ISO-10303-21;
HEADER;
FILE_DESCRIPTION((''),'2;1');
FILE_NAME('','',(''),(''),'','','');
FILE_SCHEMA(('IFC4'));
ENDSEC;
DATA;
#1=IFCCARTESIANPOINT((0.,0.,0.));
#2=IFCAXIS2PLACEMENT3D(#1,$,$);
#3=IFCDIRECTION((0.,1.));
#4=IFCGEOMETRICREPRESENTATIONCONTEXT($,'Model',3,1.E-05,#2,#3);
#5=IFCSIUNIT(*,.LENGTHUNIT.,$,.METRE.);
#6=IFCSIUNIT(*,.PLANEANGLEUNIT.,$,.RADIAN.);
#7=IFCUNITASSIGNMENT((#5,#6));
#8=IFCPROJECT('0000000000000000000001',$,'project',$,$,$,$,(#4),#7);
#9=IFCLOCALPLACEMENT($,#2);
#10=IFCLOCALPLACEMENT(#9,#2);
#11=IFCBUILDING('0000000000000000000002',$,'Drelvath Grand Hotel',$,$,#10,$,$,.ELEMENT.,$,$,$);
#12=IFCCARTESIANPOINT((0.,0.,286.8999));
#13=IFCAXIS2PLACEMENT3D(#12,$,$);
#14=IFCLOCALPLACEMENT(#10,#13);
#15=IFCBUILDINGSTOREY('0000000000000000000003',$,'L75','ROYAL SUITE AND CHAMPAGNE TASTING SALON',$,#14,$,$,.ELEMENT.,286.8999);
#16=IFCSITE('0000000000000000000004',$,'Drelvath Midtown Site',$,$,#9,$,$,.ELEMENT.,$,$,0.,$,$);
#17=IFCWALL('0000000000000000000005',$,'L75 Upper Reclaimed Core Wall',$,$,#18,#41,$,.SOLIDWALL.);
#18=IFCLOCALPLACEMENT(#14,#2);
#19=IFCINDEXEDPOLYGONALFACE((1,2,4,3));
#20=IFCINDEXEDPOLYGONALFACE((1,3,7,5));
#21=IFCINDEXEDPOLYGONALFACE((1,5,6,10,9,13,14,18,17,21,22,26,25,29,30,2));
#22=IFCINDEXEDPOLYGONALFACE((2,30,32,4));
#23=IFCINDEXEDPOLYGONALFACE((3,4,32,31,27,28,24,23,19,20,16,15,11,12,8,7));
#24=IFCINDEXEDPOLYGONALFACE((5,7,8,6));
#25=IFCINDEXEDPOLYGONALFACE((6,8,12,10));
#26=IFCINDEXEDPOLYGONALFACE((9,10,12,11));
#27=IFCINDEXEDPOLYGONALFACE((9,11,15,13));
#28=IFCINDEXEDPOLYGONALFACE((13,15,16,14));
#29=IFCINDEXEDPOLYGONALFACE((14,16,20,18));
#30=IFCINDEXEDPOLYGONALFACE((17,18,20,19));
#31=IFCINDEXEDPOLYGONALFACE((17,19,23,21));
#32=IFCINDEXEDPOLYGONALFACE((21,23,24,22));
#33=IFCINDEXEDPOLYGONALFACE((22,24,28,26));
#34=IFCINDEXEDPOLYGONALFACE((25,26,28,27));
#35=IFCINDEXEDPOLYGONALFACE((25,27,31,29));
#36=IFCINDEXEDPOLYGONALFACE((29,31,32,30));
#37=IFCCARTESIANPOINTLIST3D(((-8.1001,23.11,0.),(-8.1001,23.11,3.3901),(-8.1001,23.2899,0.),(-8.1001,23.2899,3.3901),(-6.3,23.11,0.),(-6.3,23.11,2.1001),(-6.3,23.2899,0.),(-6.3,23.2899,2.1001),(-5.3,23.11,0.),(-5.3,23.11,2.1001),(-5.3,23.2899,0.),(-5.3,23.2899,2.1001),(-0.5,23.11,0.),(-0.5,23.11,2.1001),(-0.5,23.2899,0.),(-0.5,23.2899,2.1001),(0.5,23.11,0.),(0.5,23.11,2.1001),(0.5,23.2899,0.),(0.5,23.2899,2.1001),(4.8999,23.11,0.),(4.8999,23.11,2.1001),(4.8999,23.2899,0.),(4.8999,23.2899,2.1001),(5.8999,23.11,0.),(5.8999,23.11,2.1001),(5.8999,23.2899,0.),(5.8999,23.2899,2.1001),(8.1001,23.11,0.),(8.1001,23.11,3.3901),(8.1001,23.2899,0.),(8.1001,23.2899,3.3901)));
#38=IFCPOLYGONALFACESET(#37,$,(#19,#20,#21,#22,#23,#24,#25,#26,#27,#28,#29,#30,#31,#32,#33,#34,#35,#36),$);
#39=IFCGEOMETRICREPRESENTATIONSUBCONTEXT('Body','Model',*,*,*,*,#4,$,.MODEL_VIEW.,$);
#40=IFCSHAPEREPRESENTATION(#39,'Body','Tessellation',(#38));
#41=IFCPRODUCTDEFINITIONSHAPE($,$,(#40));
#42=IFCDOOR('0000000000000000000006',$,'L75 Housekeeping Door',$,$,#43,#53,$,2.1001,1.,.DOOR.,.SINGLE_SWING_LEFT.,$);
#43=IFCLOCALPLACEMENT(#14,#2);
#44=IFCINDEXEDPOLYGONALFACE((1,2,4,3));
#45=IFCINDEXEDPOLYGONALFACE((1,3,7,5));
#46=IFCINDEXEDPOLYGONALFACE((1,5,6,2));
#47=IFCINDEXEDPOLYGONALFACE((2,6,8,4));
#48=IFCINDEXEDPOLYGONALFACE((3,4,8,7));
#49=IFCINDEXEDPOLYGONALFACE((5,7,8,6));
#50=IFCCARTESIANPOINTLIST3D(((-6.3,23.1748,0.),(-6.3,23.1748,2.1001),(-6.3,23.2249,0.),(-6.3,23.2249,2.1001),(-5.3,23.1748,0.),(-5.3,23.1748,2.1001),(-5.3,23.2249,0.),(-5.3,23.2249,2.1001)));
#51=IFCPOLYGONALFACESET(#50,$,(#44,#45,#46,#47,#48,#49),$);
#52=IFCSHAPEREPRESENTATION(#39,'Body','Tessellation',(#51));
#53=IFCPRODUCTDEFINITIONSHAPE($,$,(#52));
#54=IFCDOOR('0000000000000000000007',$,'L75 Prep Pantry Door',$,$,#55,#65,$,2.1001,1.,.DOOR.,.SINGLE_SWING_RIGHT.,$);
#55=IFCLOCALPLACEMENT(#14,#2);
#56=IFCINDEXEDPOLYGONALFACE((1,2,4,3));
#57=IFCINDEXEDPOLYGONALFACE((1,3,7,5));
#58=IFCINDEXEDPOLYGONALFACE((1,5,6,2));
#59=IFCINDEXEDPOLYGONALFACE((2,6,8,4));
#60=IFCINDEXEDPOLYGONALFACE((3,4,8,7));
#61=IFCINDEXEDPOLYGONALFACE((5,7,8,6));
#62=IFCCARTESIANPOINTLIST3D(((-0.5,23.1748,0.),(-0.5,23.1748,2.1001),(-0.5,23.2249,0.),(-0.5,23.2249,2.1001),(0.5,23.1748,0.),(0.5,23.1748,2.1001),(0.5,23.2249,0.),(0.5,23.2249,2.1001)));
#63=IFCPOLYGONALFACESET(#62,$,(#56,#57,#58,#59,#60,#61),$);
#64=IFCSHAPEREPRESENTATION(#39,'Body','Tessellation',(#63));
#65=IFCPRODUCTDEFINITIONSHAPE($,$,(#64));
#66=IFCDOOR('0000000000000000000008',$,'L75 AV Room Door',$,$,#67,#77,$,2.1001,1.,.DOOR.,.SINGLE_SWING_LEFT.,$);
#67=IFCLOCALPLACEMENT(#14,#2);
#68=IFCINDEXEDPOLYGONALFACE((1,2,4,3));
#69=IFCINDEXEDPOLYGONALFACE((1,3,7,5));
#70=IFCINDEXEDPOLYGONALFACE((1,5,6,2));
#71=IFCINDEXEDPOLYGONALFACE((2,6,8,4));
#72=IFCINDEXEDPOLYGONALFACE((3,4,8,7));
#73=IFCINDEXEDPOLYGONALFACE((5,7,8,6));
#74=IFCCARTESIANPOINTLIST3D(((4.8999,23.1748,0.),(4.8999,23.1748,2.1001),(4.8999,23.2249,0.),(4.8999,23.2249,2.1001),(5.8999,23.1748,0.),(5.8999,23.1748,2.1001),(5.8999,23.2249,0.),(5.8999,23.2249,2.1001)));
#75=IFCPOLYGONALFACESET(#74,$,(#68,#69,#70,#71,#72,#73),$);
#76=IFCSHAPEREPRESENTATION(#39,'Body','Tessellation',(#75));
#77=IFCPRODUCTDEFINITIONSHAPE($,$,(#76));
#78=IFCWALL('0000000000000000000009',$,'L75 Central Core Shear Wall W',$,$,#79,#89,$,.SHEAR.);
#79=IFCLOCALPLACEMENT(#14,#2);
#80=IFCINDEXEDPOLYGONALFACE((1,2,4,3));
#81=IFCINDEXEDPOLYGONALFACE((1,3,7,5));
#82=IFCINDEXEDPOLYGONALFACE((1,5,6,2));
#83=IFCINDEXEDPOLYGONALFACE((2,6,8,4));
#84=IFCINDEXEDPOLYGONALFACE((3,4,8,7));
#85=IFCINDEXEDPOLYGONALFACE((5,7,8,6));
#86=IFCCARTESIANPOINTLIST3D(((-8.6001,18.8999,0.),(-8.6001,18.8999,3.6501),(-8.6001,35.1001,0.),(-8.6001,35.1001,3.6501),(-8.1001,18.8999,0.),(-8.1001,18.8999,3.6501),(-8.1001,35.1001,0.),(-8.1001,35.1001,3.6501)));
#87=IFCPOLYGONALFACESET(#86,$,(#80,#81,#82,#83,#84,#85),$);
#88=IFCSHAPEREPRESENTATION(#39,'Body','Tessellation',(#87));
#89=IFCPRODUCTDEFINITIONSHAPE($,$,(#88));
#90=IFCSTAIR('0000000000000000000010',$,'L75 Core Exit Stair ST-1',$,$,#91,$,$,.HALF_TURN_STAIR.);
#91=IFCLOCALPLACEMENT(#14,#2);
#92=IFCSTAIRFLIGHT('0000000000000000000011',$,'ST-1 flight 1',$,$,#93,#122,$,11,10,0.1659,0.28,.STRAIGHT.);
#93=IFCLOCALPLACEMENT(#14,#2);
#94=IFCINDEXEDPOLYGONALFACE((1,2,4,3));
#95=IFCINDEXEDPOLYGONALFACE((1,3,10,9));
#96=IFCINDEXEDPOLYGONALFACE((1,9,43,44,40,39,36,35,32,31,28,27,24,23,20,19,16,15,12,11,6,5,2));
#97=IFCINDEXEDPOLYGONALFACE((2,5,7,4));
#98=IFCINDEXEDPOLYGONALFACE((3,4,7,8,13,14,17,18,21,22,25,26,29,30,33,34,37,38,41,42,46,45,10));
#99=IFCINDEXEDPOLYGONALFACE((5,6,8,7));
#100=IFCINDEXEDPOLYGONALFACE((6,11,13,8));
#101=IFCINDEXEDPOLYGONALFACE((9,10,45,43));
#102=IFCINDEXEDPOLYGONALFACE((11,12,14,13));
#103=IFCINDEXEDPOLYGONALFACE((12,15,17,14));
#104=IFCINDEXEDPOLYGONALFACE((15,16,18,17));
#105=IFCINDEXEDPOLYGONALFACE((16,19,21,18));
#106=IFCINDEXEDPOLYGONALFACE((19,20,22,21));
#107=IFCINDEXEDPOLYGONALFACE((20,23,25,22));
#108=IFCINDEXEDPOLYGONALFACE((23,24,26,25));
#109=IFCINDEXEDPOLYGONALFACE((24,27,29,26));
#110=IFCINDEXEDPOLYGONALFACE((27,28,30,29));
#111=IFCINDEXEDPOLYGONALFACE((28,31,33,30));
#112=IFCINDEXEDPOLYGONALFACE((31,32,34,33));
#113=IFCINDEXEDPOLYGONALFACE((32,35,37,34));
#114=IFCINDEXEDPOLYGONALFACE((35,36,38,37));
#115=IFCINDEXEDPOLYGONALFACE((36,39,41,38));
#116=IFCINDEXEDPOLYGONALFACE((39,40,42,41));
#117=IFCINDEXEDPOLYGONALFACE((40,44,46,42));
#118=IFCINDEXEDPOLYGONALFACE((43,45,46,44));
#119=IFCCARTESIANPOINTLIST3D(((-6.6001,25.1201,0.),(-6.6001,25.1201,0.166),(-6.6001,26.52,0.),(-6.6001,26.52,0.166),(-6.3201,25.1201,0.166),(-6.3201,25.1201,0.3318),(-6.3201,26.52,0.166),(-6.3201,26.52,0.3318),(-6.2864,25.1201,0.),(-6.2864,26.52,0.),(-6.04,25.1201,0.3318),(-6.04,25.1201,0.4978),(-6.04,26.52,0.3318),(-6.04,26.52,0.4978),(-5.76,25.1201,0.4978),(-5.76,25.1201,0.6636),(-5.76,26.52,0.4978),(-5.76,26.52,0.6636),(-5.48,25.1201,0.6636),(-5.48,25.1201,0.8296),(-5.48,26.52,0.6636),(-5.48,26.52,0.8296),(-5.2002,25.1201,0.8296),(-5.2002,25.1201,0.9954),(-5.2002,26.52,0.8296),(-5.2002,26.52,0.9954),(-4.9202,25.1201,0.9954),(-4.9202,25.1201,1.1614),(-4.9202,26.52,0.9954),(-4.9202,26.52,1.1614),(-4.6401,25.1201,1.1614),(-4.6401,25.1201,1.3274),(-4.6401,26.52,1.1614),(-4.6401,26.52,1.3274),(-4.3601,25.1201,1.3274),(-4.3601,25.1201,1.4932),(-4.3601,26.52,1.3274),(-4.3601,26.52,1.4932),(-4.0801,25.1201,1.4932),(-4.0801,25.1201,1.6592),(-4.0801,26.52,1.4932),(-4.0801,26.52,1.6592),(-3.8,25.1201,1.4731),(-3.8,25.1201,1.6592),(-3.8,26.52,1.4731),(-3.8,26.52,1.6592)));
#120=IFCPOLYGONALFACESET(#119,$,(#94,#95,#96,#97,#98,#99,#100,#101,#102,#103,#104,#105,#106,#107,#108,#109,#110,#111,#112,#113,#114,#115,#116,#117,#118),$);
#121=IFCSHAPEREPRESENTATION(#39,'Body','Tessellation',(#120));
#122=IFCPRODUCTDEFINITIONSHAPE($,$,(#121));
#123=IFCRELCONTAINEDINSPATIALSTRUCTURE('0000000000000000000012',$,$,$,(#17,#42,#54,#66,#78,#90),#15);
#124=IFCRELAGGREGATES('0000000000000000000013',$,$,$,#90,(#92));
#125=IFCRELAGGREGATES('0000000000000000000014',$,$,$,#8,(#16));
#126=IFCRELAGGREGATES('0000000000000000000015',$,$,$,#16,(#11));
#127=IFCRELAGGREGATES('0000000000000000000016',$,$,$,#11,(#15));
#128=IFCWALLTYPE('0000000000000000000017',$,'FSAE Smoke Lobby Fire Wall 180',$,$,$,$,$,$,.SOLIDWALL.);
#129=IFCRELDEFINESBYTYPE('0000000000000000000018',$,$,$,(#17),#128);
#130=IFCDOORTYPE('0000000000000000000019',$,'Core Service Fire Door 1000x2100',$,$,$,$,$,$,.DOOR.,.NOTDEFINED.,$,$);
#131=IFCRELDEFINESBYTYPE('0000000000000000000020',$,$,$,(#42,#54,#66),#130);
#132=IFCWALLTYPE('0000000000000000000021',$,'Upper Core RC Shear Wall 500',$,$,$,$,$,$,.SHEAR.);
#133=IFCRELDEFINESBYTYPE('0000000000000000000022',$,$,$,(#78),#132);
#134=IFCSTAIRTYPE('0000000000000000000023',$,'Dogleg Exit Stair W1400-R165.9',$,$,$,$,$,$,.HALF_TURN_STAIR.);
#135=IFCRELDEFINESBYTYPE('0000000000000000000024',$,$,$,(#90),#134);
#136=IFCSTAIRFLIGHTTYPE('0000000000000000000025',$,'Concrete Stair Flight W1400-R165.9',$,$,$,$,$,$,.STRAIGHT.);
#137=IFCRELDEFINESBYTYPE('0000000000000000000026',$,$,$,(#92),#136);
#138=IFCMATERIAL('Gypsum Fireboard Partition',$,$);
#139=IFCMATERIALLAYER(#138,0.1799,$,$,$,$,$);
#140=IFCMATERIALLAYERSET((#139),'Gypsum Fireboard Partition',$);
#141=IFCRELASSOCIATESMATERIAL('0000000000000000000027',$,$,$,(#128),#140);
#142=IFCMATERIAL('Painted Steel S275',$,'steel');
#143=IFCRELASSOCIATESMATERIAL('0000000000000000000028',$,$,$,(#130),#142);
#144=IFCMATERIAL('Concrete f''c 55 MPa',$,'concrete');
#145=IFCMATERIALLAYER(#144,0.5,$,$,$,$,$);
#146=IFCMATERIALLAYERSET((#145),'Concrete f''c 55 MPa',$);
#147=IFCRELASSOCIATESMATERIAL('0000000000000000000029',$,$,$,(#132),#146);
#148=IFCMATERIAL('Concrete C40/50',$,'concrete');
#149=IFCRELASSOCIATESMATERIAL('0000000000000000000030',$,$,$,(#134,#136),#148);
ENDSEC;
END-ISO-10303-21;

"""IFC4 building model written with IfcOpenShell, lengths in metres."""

from ifc_helpers import new_model, si_unit, direction, frame, frame_2d, origin, place, context, subcontext, project, spatial, polyline, rectangle, outline, extrude, material, layer, layer_set, type_object, element, fill, aggregate, save


model = new_model("IFC4")

# Units and contexts
model_context = context("Model", 3, precision=1e-05, world=origin(), true_north=direction((0.0, 1.0)))
body_context = subcontext(model_context, "Body", "Model", "MODEL_VIEW")
ifc_project = project(units=[si_unit("LENGTHUNIT", "METRE"), si_unit("PLANEANGLEUNIT", "RADIAN")], contexts=[model_context])

# Site, building, storey
site_placement = place(None, origin())
site = spatial("IfcSite", under=ifc_project, at=site_placement, Name="Drelvath Midtown Site", CompositionType="ELEMENT", RefElevation=0.0)
building_placement = place(site_placement, origin())
building = spatial("IfcBuilding", under=site, at=building_placement, Name="Drelvath Grand Hotel", CompositionType="ELEMENT")
storey_placement = place(building_placement, frame((0.0, 0.0, 286.8999)))
storey = spatial("IfcBuildingStorey", under=building, at=storey_placement, Name="L75", Description="ROYAL SUITE AND CHAMPAGNE TASTING SALON", CompositionType="ELEMENT", Elevation=286.8999)

# Shared definitions
ifc_material_1 = material(Name="Concrete f'c 55 MPa", Category="concrete")

# Shared definitions
ifc_material_2 = material(Name="Concrete C40/50", Category="concrete")
ifc_material_3 = material(Name="Painted Steel S275", Category="steel")
ifc_material_4 = material(Name="Gypsum Fireboard Partition")

# Wall, openings, doors
ifc_layer_1 = layer(ifc_material_4, 0.1799)
ifc_layer_set_1 = layer_set([ifc_layer_1], Name="Gypsum Fireboard Partition")
wall_type_1 = type_object("IfcWallType", Name="FSAE Smoke Lobby Fire Wall 180", PredefinedType="SOLIDWALL", material=ifc_layer_set_1)
wall_1_placement = place(storey_placement, frame((-8.1001, 23.2, 0.0), z_axis=(0.0, 0.0, 1.0), x_axis=(1.0, 0.0, 0.0)))
wall_1 = element("IfcWall", 1, at=wall_1_placement, inside=storey, type_object=wall_type_1, Name="L75 Upper Reclaimed Core Wall", PredefinedType="SOLIDWALL", context=body_context, shape_type="SweptSolid", body=[
    extrude(rectangle(XDim=16.2002, YDim=0.1799, at=frame_2d((8.1001, 0.0))), origin(), (0.0, 0.0, 1.0), 3.3901),
])
opening_1_placement = place(wall_1_placement, frame((1.8, 0.0, 0.0)))
opening_1 = element("IfcOpeningElement", 2, at=opening_1_placement, cuts=wall_1, PredefinedType="OPENING", context=body_context, shape_type="SweptSolid", body=[
    extrude(rectangle(XDim=1.0, YDim=2.1001, at=frame_2d((0.5, 1.05))), frame((0.0, 0.0999, 0.0), z_axis=(0.0, -1.0, 0.0), x_axis=(1.0, 0.0, 0.0)), (0.0, 0.0, 1.0), 0.2),
])
opening_2_placement = place(wall_1_placement, frame((7.6001, 0.0, 0.0)))
opening_2 = element("IfcOpeningElement", 3, at=opening_2_placement, cuts=wall_1, PredefinedType="OPENING", context=body_context, shape_type="SweptSolid", body=[
    extrude(rectangle(XDim=1.0, YDim=2.1001, at=frame_2d((0.5, 1.05))), frame((0.0, 0.0999, 0.0), z_axis=(0.0, -1.0, 0.0), x_axis=(1.0, 0.0, 0.0)), (0.0, 0.0, 1.0), 0.2),
])
opening_3_placement = place(wall_1_placement, frame((13.0, 0.0, 0.0)))
opening_3 = element("IfcOpeningElement", 4, at=opening_3_placement, cuts=wall_1, PredefinedType="OPENING", context=body_context, shape_type="SweptSolid", body=[
    extrude(rectangle(XDim=1.0, YDim=2.1001, at=frame_2d((0.5, 1.05))), frame((0.0, 0.0999, 0.0), z_axis=(0.0, -1.0, 0.0), x_axis=(1.0, 0.0, 0.0)), (0.0, 0.0, 1.0), 0.2),
])
door_type_1 = type_object("IfcDoorType", Name="Core Service Fire Door 1000x2100", OperationType="NOTDEFINED", PredefinedType="DOOR", material=ifc_material_3)
door_1_placement = place(opening_1_placement, origin())
door_1 = element("IfcDoor", 5, at=door_1_placement, inside=storey, type_object=door_type_1, Name="L75 Housekeeping Door", OperationType="SINGLE_SWING_LEFT", OverallHeight=2.1001, OverallWidth=1.0, PredefinedType="DOOR", context=body_context, shape_type="SweptSolid", body=[
    extrude(rectangle(XDim=1.0, YDim=2.1001, at=frame_2d((0.5, 1.05))), frame((0.0, 0.0249, 0.0), z_axis=(0.0, -1.0, 0.0), x_axis=(1.0, 0.0, 0.0)), (0.0, 0.0, 1.0), 0.05),
])
fill(opening_1, door_1)
door_2_placement = place(opening_2_placement, origin())
door_2 = element("IfcDoor", 6, at=door_2_placement, inside=storey, type_object=door_type_1, Name="L75 Prep Pantry Door", OperationType="SINGLE_SWING_RIGHT", OverallHeight=2.1001, OverallWidth=1.0, PredefinedType="DOOR", context=body_context, shape_type="SweptSolid", body=[
    extrude(rectangle(XDim=1.0, YDim=2.1001, at=frame_2d((0.5, 1.05))), frame((0.0, 0.0249, 0.0), z_axis=(0.0, -1.0, 0.0), x_axis=(1.0, 0.0, 0.0)), (0.0, 0.0, 1.0), 0.05),
])
fill(opening_2, door_2)
door_3_placement = place(opening_3_placement, origin())
door_3 = element("IfcDoor", 7, at=door_3_placement, inside=storey, type_object=door_type_1, Name="L75 AV Room Door", OperationType="SINGLE_SWING_LEFT", OverallHeight=2.1001, OverallWidth=1.0, PredefinedType="DOOR", context=body_context, shape_type="SweptSolid", body=[
    extrude(rectangle(XDim=1.0, YDim=2.1001, at=frame_2d((0.5, 1.05))), frame((0.0, 0.0249, 0.0), z_axis=(0.0, -1.0, 0.0), x_axis=(1.0, 0.0, 0.0)), (0.0, 0.0, 1.0), 0.05),
])
fill(opening_3, door_3)

# Wall
ifc_layer_2 = layer(ifc_material_1, 0.5)
ifc_layer_set_2 = layer_set([ifc_layer_2], Name="Concrete f'c 55 MPa")
wall_type_2 = type_object("IfcWallType", Name="Upper Core RC Shear Wall 500", PredefinedType="SHEAR", material=ifc_layer_set_2)
wall_2_placement = place(storey_placement, frame((-8.3501, 18.8999, 0.0), z_axis=(0.0, 0.0, 1.0), x_axis=(0.0, 1.0, 0.0)))
element("IfcWall", 8, at=wall_2_placement, inside=storey, type_object=wall_type_2, Name="L75 Central Core Shear Wall W", PredefinedType="SHEAR", context=body_context, shape_type="SweptSolid", body=[
    extrude(rectangle(XDim=16.2002, YDim=0.5, at=frame_2d((8.1001, 0.0))), origin(), (0.0, 0.0, 1.0), 3.6501),
])

# Stair, stair flight
stair_type = type_object("IfcStairType", Name="Dogleg Exit Stair W1400-R165.9", PredefinedType="HALF_TURN_STAIR", material=ifc_material_2)
stair_placement = place(storey_placement, origin())
stair = element("IfcStair", 9, at=stair_placement, inside=storey, type_object=stair_type, Name="L75 Core Exit Stair ST-1", PredefinedType="HALF_TURN_STAIR")
stair_flight_type = type_object("IfcStairFlightType", Name="Concrete Stair Flight W1400-R165.9", PredefinedType="STRAIGHT", material=ifc_material_2)
stair_flight_placement = place(storey_placement, frame((-6.6001, 25.8201, 0.0), z_axis=(0.0, 0.0, 1.0), x_axis=(1.0, 0.0, 0.0)))
stair_flight = element("IfcStairFlight", 10, at=stair_flight_placement, type_object=stair_flight_type, Name="ST-1 flight 1", NumberOfRisers=11, NumberOfTreads=10, PredefinedType="STRAIGHT", RiserHeight=0.1659, TreadLength=0.28, context=body_context, shape_type="SweptSolid", body=[
    extrude(outline(polyline([(0.0, 0.0), (0.0, 0.166), (0.28, 0.166), (0.28, 0.3318), (0.5601, 0.3318), (0.5601, 0.4978), (0.8401, 0.4978), (0.8401, 0.6636), (1.1201, 0.6636), (1.1201, 0.8296), (1.3999, 0.8296), (1.3999, 0.9954), (1.6799, 0.9954), (1.6799, 1.1614), (1.96, 1.1614), (1.96, 1.3274), (2.24, 1.3274), (2.24, 1.4932), (2.52, 1.4932), (2.52, 1.6592), (2.8, 1.6592), (2.8, 1.825), (2.8, 1.4731), (0.3137, 0.0), (0.0, 0.0)])), frame((0.0, 0.7, 0.0), z_axis=(0.0, -1.0, 0.0), x_axis=(1.0, 0.0, 0.0)), (0.0, 0.0, 1.0), 1.3999),
])
aggregate(stair, [stair_flight])

save(model, "model.ifc")
